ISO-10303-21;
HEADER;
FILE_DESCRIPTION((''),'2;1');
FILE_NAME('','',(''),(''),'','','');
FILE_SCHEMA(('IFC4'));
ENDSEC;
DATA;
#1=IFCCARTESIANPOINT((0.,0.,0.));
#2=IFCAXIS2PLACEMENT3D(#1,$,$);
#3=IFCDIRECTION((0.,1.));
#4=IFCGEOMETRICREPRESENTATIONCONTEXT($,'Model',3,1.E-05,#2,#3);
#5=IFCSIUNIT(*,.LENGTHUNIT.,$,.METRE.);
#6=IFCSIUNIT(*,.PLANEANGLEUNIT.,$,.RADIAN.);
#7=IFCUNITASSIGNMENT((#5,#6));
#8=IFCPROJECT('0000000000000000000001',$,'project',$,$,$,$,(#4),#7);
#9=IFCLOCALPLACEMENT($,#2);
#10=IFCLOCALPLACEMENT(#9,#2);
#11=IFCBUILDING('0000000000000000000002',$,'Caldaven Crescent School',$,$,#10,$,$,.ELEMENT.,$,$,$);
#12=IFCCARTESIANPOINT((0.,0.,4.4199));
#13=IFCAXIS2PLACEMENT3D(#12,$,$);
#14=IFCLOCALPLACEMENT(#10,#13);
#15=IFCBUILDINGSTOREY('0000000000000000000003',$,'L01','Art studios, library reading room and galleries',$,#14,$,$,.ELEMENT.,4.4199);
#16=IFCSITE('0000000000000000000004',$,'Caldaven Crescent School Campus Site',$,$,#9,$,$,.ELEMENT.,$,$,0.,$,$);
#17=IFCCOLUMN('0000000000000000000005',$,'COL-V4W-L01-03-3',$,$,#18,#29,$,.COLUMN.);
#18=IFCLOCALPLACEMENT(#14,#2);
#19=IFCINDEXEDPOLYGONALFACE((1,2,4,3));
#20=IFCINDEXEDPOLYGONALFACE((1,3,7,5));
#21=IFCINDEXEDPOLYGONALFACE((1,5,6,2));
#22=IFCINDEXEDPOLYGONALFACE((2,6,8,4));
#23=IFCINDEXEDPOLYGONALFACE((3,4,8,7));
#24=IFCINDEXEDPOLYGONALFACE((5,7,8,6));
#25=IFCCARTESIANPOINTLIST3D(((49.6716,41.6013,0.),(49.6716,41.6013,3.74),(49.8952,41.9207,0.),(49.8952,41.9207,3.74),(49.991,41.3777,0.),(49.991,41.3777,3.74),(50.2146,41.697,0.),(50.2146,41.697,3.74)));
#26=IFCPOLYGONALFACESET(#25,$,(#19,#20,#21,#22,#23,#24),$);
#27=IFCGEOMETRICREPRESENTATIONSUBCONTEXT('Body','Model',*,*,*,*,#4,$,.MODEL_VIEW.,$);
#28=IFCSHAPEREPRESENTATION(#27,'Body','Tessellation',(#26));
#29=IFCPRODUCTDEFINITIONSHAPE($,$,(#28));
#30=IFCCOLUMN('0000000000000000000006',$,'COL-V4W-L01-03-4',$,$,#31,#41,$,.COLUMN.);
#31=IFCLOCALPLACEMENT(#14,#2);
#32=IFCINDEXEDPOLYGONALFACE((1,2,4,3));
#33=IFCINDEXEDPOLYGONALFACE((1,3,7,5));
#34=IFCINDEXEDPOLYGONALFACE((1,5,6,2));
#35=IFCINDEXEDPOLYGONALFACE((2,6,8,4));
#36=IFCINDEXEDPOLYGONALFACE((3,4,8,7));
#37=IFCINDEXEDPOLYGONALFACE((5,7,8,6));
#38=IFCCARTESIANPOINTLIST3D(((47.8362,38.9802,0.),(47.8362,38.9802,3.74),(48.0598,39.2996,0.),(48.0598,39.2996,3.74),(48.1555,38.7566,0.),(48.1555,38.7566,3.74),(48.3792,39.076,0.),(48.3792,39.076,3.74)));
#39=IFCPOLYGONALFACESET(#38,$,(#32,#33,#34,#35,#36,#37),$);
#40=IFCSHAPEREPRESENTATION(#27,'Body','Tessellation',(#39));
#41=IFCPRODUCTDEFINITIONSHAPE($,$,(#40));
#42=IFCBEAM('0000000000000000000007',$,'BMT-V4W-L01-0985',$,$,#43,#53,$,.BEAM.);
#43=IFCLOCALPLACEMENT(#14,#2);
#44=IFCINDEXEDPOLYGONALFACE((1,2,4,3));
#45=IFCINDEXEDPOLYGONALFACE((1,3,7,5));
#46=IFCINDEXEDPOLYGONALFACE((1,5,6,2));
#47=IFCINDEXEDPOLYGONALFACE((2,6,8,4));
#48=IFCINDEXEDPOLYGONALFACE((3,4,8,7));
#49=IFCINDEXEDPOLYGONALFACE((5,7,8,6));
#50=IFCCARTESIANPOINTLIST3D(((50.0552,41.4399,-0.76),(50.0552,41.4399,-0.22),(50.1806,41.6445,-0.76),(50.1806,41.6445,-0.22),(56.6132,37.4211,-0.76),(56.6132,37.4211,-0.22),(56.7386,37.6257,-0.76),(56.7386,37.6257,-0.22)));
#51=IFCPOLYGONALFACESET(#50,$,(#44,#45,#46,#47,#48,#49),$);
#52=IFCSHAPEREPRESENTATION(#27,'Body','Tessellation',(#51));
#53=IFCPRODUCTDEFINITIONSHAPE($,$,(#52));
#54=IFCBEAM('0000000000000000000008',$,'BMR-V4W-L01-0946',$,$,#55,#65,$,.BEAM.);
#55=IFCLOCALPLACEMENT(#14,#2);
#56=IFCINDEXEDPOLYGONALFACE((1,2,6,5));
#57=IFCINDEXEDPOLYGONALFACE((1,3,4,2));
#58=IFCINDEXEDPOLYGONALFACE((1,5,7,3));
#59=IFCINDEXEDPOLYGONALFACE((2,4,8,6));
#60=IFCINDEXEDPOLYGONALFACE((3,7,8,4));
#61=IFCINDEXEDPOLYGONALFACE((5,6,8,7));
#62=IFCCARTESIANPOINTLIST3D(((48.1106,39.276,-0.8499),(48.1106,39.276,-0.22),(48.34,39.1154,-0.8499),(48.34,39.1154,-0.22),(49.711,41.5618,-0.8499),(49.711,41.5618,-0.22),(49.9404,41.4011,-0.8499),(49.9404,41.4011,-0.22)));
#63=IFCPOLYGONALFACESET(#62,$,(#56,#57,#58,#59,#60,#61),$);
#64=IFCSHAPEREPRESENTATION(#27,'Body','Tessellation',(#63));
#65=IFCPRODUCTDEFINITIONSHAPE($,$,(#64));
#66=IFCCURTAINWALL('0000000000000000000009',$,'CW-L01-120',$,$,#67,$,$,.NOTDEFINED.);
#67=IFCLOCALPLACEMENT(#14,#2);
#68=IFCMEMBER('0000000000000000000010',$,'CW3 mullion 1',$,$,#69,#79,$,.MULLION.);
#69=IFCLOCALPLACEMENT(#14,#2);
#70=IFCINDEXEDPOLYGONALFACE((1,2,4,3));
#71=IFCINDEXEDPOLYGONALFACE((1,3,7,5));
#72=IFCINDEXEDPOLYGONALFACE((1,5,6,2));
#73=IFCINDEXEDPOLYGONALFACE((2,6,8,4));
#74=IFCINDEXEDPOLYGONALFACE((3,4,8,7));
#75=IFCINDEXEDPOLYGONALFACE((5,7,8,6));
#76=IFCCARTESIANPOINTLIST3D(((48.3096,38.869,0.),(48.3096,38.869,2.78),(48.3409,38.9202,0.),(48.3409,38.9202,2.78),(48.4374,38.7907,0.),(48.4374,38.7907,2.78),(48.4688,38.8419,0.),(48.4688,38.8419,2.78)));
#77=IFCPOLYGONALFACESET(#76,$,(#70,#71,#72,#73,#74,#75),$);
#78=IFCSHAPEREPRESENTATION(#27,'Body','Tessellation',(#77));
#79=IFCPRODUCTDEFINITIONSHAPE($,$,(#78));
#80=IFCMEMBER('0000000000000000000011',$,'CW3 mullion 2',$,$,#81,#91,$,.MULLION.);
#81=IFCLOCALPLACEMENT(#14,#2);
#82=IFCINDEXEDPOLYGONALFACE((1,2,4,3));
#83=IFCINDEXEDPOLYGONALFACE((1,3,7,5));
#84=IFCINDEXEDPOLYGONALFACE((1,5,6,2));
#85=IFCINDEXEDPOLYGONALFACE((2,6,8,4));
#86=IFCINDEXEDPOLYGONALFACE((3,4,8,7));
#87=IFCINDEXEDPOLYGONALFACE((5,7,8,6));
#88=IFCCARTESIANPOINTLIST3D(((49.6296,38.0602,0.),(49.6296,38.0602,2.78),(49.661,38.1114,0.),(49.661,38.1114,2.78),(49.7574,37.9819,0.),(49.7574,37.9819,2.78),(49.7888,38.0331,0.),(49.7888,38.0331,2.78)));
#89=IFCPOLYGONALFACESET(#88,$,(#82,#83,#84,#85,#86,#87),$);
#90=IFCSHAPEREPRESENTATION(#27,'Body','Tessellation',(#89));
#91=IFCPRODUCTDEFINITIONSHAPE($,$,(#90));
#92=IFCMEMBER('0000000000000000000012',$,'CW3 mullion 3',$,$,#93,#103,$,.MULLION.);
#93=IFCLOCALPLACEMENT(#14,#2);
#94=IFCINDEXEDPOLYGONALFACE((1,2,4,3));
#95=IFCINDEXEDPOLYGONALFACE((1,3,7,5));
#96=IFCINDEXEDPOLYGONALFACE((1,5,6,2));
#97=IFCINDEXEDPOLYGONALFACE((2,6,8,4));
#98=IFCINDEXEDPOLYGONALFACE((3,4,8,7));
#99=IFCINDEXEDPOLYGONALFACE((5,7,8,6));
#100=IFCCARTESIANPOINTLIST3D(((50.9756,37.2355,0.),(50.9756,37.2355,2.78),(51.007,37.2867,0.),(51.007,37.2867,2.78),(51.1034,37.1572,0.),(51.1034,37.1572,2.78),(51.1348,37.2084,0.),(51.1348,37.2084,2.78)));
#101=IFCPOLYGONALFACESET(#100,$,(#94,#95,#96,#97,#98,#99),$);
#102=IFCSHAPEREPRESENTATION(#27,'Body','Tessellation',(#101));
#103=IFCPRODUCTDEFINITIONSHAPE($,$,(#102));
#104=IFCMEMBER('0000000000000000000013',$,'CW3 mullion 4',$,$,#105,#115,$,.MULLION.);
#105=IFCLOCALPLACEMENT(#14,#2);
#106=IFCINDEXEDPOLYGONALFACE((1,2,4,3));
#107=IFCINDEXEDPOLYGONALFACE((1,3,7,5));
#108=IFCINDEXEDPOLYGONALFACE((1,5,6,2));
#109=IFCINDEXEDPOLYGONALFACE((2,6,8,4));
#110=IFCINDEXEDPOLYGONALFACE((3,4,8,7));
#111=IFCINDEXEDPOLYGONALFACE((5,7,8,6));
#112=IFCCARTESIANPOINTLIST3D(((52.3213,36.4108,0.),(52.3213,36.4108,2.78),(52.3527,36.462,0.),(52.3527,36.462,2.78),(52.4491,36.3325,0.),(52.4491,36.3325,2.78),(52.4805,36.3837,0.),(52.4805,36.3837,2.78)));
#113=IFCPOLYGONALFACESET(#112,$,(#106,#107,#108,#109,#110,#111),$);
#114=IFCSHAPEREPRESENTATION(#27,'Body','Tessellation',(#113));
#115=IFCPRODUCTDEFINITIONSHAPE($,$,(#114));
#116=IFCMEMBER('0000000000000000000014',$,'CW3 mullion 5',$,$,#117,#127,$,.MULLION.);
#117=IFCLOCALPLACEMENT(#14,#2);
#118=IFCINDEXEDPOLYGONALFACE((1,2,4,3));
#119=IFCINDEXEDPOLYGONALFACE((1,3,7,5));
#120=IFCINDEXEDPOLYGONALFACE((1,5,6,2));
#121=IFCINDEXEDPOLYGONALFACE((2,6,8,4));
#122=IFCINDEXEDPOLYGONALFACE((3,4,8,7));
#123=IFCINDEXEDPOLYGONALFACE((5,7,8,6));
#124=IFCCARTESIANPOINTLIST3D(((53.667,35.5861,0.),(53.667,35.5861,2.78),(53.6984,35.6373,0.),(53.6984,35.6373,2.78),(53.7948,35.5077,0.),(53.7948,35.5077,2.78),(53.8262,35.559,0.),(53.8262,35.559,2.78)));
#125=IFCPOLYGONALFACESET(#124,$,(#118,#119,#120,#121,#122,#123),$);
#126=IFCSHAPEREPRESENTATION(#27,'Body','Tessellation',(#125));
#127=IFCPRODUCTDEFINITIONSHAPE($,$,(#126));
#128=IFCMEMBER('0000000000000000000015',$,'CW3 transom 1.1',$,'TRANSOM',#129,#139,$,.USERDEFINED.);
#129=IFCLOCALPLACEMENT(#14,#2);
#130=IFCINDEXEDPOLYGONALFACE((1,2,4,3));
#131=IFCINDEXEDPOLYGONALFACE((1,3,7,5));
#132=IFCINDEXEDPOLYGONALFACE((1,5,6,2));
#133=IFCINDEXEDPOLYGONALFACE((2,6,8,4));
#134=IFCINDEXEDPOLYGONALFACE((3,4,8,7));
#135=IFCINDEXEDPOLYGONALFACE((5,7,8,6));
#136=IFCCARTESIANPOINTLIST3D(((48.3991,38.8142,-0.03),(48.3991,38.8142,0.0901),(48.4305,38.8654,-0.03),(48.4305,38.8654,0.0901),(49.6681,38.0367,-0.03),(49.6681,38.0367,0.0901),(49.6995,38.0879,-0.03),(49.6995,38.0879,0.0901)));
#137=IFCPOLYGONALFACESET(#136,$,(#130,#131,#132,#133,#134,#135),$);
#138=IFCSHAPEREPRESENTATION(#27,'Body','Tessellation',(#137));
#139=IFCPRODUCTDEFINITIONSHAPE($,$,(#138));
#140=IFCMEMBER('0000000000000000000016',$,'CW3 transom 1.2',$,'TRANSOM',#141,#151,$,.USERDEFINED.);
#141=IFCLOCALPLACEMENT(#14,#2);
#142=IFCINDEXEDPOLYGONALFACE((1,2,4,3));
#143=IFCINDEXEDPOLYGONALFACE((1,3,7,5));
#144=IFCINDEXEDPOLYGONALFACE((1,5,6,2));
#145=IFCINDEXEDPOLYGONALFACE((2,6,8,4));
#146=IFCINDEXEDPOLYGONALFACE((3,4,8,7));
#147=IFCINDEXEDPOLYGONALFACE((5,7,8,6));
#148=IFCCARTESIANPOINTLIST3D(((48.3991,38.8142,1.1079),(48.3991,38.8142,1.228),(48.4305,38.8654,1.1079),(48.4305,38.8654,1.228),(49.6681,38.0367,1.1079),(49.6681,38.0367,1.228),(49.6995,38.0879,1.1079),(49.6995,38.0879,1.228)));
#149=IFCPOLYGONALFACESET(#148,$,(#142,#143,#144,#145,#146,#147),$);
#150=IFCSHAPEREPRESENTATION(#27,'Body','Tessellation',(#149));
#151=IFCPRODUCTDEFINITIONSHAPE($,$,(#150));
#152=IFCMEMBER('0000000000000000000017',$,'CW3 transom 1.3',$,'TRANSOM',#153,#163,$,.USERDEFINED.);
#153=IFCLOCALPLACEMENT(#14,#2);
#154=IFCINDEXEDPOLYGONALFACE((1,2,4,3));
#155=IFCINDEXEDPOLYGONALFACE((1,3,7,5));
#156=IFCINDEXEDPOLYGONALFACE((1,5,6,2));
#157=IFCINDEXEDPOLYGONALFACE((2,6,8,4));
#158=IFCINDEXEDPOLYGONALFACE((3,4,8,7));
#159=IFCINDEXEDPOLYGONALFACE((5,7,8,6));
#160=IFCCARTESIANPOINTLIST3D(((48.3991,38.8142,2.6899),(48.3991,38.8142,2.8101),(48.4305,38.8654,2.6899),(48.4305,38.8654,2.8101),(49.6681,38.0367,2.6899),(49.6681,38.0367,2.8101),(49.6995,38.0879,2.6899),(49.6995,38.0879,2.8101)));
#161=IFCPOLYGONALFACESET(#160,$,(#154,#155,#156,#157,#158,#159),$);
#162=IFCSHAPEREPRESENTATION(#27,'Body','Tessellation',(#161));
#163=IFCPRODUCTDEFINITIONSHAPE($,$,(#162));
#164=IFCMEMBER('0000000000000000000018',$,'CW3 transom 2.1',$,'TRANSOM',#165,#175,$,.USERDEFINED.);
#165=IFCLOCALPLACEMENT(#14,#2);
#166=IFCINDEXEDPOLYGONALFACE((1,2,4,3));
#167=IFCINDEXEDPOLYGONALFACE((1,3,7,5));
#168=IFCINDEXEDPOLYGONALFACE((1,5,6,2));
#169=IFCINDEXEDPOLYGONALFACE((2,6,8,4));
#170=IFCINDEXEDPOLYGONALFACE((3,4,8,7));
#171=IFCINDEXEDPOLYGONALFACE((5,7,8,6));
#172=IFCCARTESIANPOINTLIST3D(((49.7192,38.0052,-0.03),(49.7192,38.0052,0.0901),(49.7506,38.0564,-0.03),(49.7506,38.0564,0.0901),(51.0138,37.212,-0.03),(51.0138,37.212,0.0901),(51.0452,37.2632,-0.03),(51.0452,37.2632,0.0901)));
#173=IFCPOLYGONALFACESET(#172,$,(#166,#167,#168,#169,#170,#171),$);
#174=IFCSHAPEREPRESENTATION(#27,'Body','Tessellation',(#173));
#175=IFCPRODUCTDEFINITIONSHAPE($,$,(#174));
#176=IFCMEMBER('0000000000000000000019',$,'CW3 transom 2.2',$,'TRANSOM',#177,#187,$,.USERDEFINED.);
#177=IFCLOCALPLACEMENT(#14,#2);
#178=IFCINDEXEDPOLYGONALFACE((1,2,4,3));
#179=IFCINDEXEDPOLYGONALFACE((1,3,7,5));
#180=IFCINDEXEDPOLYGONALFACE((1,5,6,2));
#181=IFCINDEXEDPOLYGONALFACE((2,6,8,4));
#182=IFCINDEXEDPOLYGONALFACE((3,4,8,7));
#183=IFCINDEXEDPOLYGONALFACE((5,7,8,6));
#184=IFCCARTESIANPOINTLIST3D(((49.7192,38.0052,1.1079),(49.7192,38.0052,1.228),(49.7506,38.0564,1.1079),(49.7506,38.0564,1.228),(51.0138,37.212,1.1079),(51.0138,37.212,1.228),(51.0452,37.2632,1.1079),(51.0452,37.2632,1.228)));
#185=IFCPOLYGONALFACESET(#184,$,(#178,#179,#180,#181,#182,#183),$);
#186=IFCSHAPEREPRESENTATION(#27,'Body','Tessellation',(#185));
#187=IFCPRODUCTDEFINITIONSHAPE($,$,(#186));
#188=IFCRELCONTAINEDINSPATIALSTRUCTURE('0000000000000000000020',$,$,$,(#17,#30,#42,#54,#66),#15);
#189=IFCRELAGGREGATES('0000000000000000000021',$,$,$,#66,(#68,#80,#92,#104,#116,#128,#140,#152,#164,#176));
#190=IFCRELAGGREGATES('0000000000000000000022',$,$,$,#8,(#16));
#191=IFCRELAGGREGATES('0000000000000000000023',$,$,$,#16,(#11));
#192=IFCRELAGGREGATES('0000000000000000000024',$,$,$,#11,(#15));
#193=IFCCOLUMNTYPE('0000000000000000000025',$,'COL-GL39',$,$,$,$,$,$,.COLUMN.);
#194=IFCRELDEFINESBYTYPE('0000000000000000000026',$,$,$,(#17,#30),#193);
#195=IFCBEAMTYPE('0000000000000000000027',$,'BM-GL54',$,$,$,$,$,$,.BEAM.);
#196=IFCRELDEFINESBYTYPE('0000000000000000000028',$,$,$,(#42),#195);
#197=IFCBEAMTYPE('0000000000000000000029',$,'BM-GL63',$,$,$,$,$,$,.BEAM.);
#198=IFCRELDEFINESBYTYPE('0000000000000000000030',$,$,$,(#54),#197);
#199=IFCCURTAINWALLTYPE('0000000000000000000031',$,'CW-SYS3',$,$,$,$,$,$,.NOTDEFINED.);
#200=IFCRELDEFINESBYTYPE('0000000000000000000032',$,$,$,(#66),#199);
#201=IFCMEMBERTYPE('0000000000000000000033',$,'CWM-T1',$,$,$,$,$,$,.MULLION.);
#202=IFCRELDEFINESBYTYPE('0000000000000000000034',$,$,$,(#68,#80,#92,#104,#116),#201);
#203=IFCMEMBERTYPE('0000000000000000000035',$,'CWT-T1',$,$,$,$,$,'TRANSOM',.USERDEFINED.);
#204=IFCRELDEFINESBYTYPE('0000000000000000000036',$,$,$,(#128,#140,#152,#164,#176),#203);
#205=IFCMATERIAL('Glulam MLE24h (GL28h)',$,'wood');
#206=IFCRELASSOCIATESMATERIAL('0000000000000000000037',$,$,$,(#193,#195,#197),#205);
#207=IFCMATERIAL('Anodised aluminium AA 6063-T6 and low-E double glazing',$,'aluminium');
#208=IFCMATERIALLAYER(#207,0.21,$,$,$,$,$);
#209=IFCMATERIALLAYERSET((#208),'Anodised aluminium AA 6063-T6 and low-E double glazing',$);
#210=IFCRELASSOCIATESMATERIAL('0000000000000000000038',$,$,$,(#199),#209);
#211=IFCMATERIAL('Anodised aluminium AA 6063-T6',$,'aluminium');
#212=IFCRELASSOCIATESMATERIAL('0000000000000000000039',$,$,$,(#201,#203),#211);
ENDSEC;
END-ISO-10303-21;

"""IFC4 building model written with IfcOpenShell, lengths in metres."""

from ifc_helpers import new_model, si_unit, direction, frame, origin, origin_2d, place, context, subcontext, project, spatial, rectangle, extrude, material, layer, layer_set, material_profile, profile_set, type_object, element, aggregate, save


model = new_model("IFC4")

# Units and contexts
model_context = context("Model", 3, precision=1e-05, world=origin(), true_north=direction((0.0, 1.0)))
body_context = subcontext(model_context, "Body", "Model", "MODEL_VIEW")
ifc_project = project(units=[si_unit("LENGTHUNIT", "METRE"), si_unit("PLANEANGLEUNIT", "RADIAN")], contexts=[model_context])

# Site, building, storey
site_placement = place(None, origin())
site = spatial("IfcSite", under=ifc_project, at=site_placement, Name="Caldaven Crescent School Campus Site", CompositionType="ELEMENT", RefElevation=0.0)
building_placement = place(site_placement, origin())
building = spatial("IfcBuilding", under=site, at=building_placement, Name="Caldaven Crescent School", CompositionType="ELEMENT")
storey_placement = place(building_placement, frame((0.0, 0.0, 4.4199)))
storey = spatial("IfcBuildingStorey", under=building, at=storey_placement, Name="L01", Description="Art studios, library reading room and galleries", CompositionType="ELEMENT", Elevation=4.4199)

# Columns
ifc_material_1 = material(Name="Glulam MLE24h (GL28h)", Category="wood")
ifc_material_profile_1 = material_profile(ifc_material_1, rectangle(XDim=0.3899, YDim=0.3899, at=origin_2d()), Name="MLE 390x390")
ifc_profile_set_1 = profile_set([ifc_material_profile_1], Name="Glulam MLE24h (GL28h)")
column_type = type_object("IfcColumnType", Name="COL-GL39", PredefinedType="COLUMN", material=ifc_profile_set_1)
for number, where, z_axis, x_axis, name in (
    (1, (49.9431, 41.6492, 0.0), (0.0, 0.0, 1.0), (-0.573576, -0.819152, 0.0), "COL-V4W-L01-03-3"),
    (2, (48.1077, 39.0281, 0.0), (0.0, 0.0, 1.0), (-0.573576, -0.819152, 0.0), "COL-V4W-L01-03-4"),
):
    element("IfcColumn", number, at=place(storey_placement, frame(where, z_axis=z_axis, x_axis=x_axis)), inside=storey, type_object=column_type, Name=name, PredefinedType="COLUMN", context=body_context, shape_type="SweptSolid", body=[
        extrude(rectangle(XDim=0.3899, YDim=0.3899, at=origin_2d()), origin(), (0.0, 0.0, 1.0), 3.74),
    ])

# Beams
ifc_material_profile_2 = material_profile(ifc_material_1, rectangle(XDim=0.24, YDim=0.54, at=origin_2d()), Name="MLE 240x540")
ifc_profile_set_2 = profile_set([ifc_material_profile_2], Name="Glulam MLE24h (GL28h)")
beam_type_1 = type_object("IfcBeamType", Name="BM-GL54", PredefinedType="BEAM", material=ifc_profile_set_2)
beam_1_placement = place(storey_placement, frame((50.1179, 41.5422, -0.49), z_axis=(0.852632, -0.522511, 0.0), x_axis=(0.522511, 0.852632, 0.0)))
element("IfcBeam", 3, at=beam_1_placement, inside=storey, type_object=beam_type_1, Name="BMT-V4W-L01-0985", PredefinedType="BEAM", context=body_context, shape_type="SweptSolid", body=[
    extrude(rectangle(XDim=0.24, YDim=0.54, at=origin_2d()), origin(), (0.0, 0.0, 1.0), 7.6914),
])
ifc_material_profile_3 = material_profile(ifc_material_1, rectangle(XDim=0.28, YDim=0.6299, at=origin_2d()), Name="MLE 280x630")
ifc_profile_set_3 = profile_set([ifc_material_profile_3], Name="Glulam MLE24h (GL28h)")
beam_type_2 = type_object("IfcBeamType", Name="BM-GL63", PredefinedType="BEAM", material=ifc_profile_set_3)
beam_2_placement = place(storey_placement, frame((49.8257, 41.4814, -0.5349), z_axis=(-0.573556, -0.819166, 0.0), x_axis=(0.819166, -0.573556, 0.0)))
element("IfcBeam", 4, at=beam_2_placement, inside=storey, type_object=beam_type_2, Name="BMR-V4W-L01-0946", PredefinedType="BEAM", context=body_context, shape_type="SweptSolid", body=[
    extrude(rectangle(XDim=0.28, YDim=0.6299, at=origin_2d()), origin(), (0.0, 0.0, 1.0), 2.7903),
])

# Curtain wall, members
ifc_material_2 = material(Name="Anodised aluminium AA 6063-T6 and low-E double glazing", Category="aluminium")
ifc_layer_1 = layer(ifc_material_2, 0.21)
ifc_layer_set_1 = layer_set([ifc_layer_1], Name="Anodised aluminium AA 6063-T6 and low-E double glazing")
curtain_wall_type = type_object("IfcCurtainWallType", Name="CW-SYS3", PredefinedType="NOTDEFINED", material=ifc_layer_set_1)
curtain_wall_placement = place(storey_placement, origin())
curtain_wall = element("IfcCurtainWall", 5, at=curtain_wall_placement, inside=storey, type_object=curtain_wall_type, Name="CW-L01-120", PredefinedType="NOTDEFINED")
ifc_material_3 = material(Name="Anodised aluminium AA 6063-T6", Category="aluminium")
ifc_material_profile_4 = material_profile(ifc_material_3, rectangle(XDim=0.0601, YDim=0.1499, at=origin_2d()), Name="CWM 60x150")
ifc_profile_set_4 = profile_set([ifc_material_profile_4], Name="Anodised aluminium AA 6063-T6")
member_type_1 = type_object("IfcMemberType", Name="CWM-T1", PredefinedType="MULLION", material=ifc_profile_set_4)
member_1_placement = place(storey_placement, frame((48.3892, 38.8555, 0.0), z_axis=(0.0, 0.0, 1.0), x_axis=(0.522499, 0.85264, 0.0)))
member_1 = element("IfcMember", 6, at=member_1_placement, type_object=member_type_1, Name="CW3 mullion 1", PredefinedType="MULLION", context=body_context, shape_type="SweptSolid", body=[
    extrude(rectangle(XDim=0.0601, YDim=0.1499, at=origin_2d()), origin(), (0.0, 0.0, 1.0), 2.78),
])
member_2_placement = place(storey_placement, frame((49.7092, 38.0466, 0.0), z_axis=(0.0, 0.0, 1.0), x_axis=(0.522499, 0.85264, 0.0)))
member_2 = element("IfcMember", 7, at=member_2_placement, type_object=member_type_1, Name="CW3 mullion 2", PredefinedType="MULLION", context=body_context, shape_type="SweptSolid", body=[
    extrude(rectangle(XDim=0.0601, YDim=0.1499, at=origin_2d()), origin(), (0.0, 0.0, 1.0), 2.78),
])
member_3_placement = place(storey_placement, frame((51.0552, 37.2219, 0.0), z_axis=(0.0, 0.0, 1.0), x_axis=(0.522499, 0.85264, 0.0)))
member_3 = element("IfcMember", 8, at=member_3_placement, type_object=member_type_1, Name="CW3 mullion 3", PredefinedType="MULLION", context=body_context, shape_type="SweptSolid", body=[
    extrude(rectangle(XDim=0.0601, YDim=0.1499, at=origin_2d()), origin(), (0.0, 0.0, 1.0), 2.78),
])
member_4_placement = place(storey_placement, frame((52.4009, 36.3972, 0.0), z_axis=(0.0, 0.0, 1.0), x_axis=(0.522499, 0.85264, 0.0)))
member_4 = element("IfcMember", 9, at=member_4_placement, type_object=member_type_1, Name="CW3 mullion 4", PredefinedType="MULLION", context=body_context, shape_type="SweptSolid", body=[
    extrude(rectangle(XDim=0.0601, YDim=0.1499, at=origin_2d()), origin(), (0.0, 0.0, 1.0), 2.78),
])
member_5_placement = place(storey_placement, frame((53.7466, 35.5725, 0.0), z_axis=(0.0, 0.0, 1.0), x_axis=(0.522499, 0.85264, 0.0)))
member_5 = element("IfcMember", 10, at=member_5_placement, type_object=member_type_1, Name="CW3 mullion 5", PredefinedType="MULLION", context=body_context, shape_type="SweptSolid", body=[
    extrude(rectangle(XDim=0.0601, YDim=0.1499, at=origin_2d()), origin(), (0.0, 0.0, 1.0), 2.78),
])
ifc_material_profile_5 = material_profile(ifc_material_3, rectangle(XDim=0.0601, YDim=0.1201, at=origin_2d()), Name="CWT 60x120")
ifc_profile_set_5 = profile_set([ifc_material_profile_5], Name="Anodised aluminium AA 6063-T6")
member_type_2 = type_object("IfcMemberType", Name="CWT-T1", ElementType="TRANSOM", PredefinedType="USERDEFINED", material=ifc_profile_set_5)
member_6_placement = place(storey_placement, frame((48.4148, 38.8398, 0.03), z_axis=(0.852665, -0.522458, 0.0), x_axis=(0.522458, 0.852665, 0.0)))
member_6 = element("IfcMember", 11, at=member_6_placement, type_object=member_type_2, Name="CW3 transom 1.1", ObjectType="TRANSOM", PredefinedType="USERDEFINED", context=body_context, shape_type="SweptSolid", body=[
    extrude(rectangle(XDim=0.0601, YDim=0.1201, at=origin_2d()), origin(), (0.0, 0.0, 1.0), 1.4883),
])
member_7_placement = place(storey_placement, frame((48.4148, 38.8398, 1.168), z_axis=(0.852665, -0.522458, 0.0), x_axis=(0.522458, 0.852665, 0.0)))
member_7 = element("IfcMember", 12, at=member_7_placement, type_object=member_type_2, Name="CW3 transom 1.2", ObjectType="TRANSOM", PredefinedType="USERDEFINED", context=body_context, shape_type="SweptSolid", body=[
    extrude(rectangle(XDim=0.0601, YDim=0.1201, at=origin_2d()), origin(), (0.0, 0.0, 1.0), 1.4883),
])
member_8_placement = place(storey_placement, frame((48.4148, 38.8398, 2.75), z_axis=(0.852665, -0.522458, 0.0), x_axis=(0.522458, 0.852665, 0.0)))
member_8 = element("IfcMember", 13, at=member_8_placement, type_object=member_type_2, Name="CW3 transom 1.3", ObjectType="TRANSOM", PredefinedType="USERDEFINED", context=body_context, shape_type="SweptSolid", body=[
    extrude(rectangle(XDim=0.0601, YDim=0.1201, at=origin_2d()), origin(), (0.0, 0.0, 1.0), 1.4883),
])
member_9_placement = place(storey_placement, frame((49.7349, 38.0308, 0.03), z_axis=(0.852689, -0.522419, 0.0), x_axis=(0.522419, 0.852689, 0.0)))
member_9 = element("IfcMember", 14, at=member_9_placement, type_object=member_type_2, Name="CW3 transom 2.1", ObjectType="TRANSOM", PredefinedType="USERDEFINED", context=body_context, shape_type="SweptSolid", body=[
    extrude(rectangle(XDim=0.0601, YDim=0.1201, at=origin_2d()), origin(), (0.0, 0.0, 1.0), 1.5183),
])
member_10_placement = place(storey_placement, frame((49.7349, 38.0308, 1.168), z_axis=(0.852689, -0.522419, 0.0), x_axis=(0.522419, 0.852689, 0.0)))
member_10 = element("IfcMember", 15, at=member_10_placement, type_object=member_type_2, Name="CW3 transom 2.2", ObjectType="TRANSOM", PredefinedType="USERDEFINED", context=body_context, shape_type="SweptSolid", body=[
    extrude(rectangle(XDim=0.0601, YDim=0.1201, at=origin_2d()), origin(), (0.0, 0.0, 1.0), 1.5183),
])

aggregate(curtain_wall, [member_1, member_2, member_3, member_4, member_5, member_6, member_7, member_8, member_9, member_10])

save(model, "model.ifc")
